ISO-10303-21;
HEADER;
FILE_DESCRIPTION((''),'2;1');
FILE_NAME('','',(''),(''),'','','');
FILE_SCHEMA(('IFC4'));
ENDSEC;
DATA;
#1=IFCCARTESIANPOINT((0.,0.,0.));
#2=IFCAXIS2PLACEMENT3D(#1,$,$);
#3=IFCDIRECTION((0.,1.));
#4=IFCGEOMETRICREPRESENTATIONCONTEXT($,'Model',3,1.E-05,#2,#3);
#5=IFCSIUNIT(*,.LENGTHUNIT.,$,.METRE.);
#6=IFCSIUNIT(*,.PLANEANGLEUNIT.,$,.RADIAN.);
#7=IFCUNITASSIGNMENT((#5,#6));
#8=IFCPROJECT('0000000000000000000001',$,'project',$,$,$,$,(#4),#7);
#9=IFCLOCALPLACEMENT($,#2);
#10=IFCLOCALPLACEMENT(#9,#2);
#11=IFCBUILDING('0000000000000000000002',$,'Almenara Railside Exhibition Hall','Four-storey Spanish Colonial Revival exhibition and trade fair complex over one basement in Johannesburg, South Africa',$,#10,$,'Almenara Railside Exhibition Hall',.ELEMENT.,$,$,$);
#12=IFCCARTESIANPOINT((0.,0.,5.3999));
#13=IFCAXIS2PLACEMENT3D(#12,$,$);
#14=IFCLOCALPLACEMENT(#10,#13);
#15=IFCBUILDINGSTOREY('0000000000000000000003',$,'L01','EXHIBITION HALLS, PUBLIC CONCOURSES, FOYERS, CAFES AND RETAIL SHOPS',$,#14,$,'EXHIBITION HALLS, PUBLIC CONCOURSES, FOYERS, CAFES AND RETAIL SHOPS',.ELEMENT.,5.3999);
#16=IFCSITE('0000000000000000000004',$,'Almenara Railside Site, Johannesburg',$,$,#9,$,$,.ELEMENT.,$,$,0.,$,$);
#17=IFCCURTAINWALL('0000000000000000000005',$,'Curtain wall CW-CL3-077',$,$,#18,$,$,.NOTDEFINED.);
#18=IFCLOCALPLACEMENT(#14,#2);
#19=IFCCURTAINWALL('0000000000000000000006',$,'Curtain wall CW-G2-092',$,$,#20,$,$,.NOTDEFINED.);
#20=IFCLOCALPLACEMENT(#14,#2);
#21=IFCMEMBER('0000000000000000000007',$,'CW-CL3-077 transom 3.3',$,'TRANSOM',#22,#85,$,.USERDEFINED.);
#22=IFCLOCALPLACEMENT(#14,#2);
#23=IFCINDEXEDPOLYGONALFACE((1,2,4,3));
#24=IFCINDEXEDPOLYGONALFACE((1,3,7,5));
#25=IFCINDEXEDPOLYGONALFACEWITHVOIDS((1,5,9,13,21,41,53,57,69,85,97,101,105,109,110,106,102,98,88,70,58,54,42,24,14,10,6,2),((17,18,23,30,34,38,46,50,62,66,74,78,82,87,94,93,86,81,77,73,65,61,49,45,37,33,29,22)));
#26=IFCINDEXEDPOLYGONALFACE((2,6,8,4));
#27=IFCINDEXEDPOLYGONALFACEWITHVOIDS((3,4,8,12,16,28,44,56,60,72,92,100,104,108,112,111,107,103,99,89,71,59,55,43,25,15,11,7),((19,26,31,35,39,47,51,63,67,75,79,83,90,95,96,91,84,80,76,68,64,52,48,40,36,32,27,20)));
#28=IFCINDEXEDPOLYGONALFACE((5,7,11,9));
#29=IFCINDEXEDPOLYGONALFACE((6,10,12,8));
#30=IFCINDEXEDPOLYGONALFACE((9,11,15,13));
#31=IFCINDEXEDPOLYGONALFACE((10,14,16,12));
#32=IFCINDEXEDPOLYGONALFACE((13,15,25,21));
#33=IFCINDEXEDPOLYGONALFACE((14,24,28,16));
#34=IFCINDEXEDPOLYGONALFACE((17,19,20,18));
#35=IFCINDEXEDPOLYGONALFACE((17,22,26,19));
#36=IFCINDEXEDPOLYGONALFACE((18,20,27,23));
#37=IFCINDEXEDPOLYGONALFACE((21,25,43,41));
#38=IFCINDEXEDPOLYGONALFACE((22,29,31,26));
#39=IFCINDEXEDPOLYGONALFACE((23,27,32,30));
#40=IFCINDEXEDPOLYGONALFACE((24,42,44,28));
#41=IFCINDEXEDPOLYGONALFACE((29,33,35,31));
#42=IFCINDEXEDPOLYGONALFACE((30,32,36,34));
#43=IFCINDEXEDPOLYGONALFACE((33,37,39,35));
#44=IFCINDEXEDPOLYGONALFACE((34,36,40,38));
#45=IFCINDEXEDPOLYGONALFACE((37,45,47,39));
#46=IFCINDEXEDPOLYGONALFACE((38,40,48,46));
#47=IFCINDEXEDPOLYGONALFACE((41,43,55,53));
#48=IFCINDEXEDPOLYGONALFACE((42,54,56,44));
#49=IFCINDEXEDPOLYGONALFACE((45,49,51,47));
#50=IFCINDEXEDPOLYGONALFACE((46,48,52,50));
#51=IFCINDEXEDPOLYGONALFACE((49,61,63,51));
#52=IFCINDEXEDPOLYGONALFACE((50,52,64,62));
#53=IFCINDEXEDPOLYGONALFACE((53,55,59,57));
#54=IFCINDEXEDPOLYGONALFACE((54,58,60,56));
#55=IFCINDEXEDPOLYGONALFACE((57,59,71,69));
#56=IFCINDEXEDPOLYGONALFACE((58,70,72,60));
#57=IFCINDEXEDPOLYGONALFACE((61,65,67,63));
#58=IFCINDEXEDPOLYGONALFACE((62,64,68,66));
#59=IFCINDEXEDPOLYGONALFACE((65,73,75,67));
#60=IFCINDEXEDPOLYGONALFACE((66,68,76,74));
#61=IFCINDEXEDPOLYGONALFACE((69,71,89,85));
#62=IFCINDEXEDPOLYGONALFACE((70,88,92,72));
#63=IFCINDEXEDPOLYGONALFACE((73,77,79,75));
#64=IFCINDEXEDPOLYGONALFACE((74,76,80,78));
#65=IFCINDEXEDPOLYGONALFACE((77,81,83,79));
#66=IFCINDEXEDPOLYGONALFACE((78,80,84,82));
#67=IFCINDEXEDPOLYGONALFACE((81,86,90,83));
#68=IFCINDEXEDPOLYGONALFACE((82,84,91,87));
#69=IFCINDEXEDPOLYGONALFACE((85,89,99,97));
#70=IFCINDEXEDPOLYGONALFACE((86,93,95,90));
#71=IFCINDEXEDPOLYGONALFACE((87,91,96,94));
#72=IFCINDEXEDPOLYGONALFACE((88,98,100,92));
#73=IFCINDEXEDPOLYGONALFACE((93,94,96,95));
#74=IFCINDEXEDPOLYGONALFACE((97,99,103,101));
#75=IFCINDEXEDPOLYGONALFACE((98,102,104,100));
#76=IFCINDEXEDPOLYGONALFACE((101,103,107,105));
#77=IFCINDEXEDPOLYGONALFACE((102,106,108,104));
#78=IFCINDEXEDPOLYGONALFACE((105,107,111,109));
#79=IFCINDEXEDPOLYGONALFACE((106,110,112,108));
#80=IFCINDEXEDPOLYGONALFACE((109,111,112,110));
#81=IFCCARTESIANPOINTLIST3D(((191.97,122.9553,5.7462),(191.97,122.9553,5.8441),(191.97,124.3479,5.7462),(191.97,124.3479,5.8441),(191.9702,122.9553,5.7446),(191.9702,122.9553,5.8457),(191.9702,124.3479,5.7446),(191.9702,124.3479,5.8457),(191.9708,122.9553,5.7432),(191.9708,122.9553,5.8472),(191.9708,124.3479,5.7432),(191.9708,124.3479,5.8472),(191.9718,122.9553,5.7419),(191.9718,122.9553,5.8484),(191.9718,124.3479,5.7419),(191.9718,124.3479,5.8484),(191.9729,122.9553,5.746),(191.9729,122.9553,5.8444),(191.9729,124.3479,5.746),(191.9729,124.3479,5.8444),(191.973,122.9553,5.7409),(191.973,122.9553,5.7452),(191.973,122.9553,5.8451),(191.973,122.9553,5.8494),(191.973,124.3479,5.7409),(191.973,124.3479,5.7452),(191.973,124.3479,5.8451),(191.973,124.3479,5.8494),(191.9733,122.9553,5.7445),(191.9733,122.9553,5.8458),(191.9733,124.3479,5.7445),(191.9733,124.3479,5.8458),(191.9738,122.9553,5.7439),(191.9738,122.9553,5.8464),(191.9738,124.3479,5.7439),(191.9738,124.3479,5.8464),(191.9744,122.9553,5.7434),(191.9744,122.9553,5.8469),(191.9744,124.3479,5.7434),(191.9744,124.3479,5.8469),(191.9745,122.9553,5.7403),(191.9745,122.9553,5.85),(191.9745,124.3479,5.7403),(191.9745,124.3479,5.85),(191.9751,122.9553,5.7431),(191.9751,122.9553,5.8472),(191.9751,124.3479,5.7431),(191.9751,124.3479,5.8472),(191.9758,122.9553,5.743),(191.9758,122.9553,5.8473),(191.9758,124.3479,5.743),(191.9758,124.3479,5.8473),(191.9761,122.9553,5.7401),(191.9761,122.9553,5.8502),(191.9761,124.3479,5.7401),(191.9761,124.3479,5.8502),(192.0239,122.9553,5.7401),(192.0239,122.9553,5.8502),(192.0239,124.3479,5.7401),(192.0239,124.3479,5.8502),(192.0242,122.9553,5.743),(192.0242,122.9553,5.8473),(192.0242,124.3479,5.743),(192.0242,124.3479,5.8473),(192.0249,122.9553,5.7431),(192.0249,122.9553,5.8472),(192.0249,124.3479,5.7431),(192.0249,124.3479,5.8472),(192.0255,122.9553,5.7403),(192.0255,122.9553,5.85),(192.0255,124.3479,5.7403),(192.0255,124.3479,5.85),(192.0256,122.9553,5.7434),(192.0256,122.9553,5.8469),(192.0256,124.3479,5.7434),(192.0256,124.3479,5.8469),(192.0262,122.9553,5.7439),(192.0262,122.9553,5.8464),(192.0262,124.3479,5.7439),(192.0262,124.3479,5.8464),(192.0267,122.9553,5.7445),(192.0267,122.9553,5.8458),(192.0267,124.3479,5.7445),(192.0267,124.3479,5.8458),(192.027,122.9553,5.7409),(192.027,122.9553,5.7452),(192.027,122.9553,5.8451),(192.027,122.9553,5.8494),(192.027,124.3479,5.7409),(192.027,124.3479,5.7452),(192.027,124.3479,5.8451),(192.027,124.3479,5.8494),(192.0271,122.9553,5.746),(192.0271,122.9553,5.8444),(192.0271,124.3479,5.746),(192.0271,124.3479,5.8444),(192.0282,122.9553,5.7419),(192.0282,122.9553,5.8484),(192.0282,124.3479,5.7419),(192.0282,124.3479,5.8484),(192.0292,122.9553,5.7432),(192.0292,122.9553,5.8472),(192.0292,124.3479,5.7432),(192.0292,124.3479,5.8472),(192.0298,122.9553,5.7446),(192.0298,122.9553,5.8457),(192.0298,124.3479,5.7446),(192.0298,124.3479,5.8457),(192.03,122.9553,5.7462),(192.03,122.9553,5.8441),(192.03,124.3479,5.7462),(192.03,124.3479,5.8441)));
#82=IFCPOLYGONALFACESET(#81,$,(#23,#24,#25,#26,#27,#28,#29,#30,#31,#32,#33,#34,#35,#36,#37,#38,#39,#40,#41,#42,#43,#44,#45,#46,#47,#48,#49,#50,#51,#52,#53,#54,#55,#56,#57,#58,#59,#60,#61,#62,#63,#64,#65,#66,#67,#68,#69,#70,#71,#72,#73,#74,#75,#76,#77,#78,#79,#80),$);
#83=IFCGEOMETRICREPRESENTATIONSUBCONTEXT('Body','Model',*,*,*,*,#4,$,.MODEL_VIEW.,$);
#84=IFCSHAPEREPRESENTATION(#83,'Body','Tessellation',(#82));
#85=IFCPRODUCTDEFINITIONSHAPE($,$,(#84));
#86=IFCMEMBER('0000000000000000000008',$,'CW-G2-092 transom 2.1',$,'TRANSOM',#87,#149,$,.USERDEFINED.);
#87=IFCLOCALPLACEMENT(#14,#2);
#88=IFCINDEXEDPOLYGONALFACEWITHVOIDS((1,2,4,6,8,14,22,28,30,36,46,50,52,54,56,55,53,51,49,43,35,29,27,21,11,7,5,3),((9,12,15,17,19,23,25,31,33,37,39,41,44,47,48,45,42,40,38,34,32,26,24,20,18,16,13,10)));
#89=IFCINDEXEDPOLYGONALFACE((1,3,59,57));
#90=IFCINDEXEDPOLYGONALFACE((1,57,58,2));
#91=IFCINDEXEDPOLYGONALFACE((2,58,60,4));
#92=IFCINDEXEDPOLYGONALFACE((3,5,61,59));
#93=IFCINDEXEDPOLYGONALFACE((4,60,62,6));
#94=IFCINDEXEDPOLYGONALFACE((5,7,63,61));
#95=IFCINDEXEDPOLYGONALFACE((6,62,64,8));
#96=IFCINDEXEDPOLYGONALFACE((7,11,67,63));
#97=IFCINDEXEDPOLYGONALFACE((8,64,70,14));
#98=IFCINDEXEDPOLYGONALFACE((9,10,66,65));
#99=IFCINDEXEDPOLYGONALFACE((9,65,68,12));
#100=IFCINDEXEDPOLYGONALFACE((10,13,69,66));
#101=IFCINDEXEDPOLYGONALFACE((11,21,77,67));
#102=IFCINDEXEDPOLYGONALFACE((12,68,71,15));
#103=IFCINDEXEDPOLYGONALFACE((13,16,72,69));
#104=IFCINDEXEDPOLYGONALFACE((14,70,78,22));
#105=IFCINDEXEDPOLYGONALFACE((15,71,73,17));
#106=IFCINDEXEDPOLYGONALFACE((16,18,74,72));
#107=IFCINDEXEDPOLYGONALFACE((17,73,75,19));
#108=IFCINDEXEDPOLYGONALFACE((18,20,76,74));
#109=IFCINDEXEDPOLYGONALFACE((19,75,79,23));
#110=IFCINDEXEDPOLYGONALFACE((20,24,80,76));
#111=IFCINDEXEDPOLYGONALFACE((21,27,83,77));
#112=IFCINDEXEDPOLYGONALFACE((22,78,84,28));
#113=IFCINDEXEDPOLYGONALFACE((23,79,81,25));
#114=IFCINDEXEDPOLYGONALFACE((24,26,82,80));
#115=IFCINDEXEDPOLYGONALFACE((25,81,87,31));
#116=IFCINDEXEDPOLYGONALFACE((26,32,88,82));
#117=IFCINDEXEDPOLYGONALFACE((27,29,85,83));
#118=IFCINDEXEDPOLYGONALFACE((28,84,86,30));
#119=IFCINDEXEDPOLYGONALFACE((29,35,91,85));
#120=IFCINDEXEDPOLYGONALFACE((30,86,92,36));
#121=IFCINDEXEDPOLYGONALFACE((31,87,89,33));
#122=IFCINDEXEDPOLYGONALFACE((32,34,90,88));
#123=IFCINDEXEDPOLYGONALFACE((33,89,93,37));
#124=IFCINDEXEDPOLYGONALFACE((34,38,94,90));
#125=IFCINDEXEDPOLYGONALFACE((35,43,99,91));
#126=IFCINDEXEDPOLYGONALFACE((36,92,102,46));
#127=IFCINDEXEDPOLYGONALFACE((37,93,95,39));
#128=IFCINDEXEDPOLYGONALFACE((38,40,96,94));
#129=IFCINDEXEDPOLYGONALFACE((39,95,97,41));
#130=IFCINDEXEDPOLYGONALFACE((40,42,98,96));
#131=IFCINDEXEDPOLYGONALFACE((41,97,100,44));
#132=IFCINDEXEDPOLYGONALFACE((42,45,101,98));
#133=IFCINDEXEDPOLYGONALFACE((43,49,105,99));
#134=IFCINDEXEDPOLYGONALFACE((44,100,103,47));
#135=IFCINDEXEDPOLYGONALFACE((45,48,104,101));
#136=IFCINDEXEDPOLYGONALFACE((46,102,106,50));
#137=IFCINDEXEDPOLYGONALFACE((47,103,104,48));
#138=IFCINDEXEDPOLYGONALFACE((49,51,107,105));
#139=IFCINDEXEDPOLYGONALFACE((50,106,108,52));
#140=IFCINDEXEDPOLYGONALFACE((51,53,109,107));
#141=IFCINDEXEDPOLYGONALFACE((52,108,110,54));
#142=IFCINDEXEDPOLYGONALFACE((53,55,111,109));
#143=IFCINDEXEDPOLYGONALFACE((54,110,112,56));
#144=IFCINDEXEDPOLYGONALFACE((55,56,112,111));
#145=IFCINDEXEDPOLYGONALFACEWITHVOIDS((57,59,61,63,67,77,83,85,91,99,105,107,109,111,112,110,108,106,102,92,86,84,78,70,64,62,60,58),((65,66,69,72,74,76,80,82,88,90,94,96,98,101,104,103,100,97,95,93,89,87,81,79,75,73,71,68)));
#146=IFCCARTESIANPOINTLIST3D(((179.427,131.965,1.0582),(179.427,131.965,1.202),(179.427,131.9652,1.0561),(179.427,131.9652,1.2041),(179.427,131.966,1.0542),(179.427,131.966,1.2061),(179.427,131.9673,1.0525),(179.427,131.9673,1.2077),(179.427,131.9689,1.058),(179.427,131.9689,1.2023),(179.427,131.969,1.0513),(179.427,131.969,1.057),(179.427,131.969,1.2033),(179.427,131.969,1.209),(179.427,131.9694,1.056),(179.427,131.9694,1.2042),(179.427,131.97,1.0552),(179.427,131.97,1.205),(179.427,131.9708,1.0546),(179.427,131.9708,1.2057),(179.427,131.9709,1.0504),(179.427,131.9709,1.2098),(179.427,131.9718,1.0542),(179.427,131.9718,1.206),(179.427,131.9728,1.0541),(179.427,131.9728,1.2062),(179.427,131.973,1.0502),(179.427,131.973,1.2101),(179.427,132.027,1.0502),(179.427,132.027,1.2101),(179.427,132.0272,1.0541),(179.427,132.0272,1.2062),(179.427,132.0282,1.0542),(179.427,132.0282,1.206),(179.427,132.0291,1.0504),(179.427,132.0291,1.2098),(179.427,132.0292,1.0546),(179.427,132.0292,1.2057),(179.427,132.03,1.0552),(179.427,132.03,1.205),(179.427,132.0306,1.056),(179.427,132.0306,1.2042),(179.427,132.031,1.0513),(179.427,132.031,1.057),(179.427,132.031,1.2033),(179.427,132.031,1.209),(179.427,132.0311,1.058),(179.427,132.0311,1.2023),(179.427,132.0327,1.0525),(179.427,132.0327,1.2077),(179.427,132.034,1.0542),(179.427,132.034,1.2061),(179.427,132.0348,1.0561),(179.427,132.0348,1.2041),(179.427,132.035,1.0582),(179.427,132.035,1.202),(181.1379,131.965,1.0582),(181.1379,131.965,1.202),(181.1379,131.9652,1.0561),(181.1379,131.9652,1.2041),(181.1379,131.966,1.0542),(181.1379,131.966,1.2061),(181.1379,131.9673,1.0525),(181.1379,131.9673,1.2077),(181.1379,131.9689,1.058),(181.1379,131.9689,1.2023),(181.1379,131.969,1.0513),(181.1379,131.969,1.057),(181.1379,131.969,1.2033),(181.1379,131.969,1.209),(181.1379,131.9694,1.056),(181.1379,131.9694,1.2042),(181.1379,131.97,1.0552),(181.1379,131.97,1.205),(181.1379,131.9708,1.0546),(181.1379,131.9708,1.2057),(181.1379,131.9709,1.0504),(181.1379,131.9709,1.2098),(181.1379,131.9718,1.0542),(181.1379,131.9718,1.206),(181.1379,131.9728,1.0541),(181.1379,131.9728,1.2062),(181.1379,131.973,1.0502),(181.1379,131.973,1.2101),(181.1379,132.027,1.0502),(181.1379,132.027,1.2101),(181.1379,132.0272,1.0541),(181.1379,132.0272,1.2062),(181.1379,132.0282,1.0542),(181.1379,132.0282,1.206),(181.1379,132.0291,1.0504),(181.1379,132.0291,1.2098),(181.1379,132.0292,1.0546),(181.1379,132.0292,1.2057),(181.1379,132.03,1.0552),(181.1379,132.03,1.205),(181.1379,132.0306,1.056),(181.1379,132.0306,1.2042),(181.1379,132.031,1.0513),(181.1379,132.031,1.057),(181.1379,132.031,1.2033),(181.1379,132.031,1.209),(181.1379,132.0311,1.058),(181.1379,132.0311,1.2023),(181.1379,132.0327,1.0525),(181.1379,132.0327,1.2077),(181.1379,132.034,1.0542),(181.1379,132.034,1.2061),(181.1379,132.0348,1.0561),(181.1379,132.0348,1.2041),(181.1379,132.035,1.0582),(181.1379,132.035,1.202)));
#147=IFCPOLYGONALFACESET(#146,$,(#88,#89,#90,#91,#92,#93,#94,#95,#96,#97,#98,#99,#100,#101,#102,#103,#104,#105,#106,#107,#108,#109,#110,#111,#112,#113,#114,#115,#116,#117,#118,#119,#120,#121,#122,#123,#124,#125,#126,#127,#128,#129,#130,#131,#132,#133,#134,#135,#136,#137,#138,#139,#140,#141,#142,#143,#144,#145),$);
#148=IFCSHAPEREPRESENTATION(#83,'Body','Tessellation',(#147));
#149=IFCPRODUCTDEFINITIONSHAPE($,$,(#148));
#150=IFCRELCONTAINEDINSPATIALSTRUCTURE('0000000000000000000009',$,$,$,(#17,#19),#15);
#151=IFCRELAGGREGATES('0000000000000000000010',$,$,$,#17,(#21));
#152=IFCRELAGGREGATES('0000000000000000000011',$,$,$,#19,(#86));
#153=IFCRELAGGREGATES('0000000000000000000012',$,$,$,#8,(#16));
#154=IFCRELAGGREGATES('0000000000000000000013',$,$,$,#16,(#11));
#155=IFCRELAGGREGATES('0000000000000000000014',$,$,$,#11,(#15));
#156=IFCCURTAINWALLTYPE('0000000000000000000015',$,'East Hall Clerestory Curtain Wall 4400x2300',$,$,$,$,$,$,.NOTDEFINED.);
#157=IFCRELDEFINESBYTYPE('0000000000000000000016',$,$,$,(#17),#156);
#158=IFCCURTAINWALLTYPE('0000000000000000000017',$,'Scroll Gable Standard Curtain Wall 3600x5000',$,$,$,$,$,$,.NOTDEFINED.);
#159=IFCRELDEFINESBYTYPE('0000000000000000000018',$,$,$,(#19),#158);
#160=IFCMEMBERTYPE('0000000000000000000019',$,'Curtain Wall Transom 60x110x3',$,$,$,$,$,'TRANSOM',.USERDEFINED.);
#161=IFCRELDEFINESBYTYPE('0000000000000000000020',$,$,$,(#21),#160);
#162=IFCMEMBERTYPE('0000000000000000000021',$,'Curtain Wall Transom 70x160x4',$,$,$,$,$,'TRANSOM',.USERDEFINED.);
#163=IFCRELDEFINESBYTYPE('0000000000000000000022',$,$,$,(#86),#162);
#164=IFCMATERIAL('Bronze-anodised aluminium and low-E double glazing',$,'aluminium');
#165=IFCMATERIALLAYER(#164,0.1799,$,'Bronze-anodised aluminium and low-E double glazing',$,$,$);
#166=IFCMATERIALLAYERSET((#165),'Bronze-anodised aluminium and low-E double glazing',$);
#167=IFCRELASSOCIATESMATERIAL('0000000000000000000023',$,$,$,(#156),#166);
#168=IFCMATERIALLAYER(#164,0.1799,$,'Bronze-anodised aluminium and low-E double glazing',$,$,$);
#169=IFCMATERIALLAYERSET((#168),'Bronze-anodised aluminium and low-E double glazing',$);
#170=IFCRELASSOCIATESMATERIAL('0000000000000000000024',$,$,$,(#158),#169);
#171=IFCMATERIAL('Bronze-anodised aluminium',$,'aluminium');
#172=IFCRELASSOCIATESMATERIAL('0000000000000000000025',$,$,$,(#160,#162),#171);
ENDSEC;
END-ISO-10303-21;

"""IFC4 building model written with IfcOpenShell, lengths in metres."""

from ifc_helpers import new_model, si_unit, direction, frame, origin, origin_2d, place, context, subcontext, project, spatial, hollow_rectangle, extrude, material, layer, layer_set, material_profile, profile_set, type_object, element, aggregate, save


model = new_model("IFC4")

# Units and contexts
model_context = context("Model", 3, precision=1e-05, world=origin(), true_north=direction((0.0, 1.0)))
body_context = subcontext(model_context, "Body", "Model", "MODEL_VIEW")
ifc_project = project(units=[si_unit("LENGTHUNIT", "METRE"), si_unit("PLANEANGLEUNIT", "RADIAN")], contexts=[model_context])

# Site, building, storey
site_placement = place(None, origin())
site = spatial("IfcSite", under=ifc_project, at=site_placement, Name="Almenara Railside Site, Johannesburg", CompositionType="ELEMENT", RefElevation=0.0)
building_placement = place(site_placement, origin())
building = spatial("IfcBuilding", under=site, at=building_placement, Name="Almenara Railside Exhibition Hall", Description="Four-storey Spanish Colonial Revival exhibition and trade fair complex over one basement in Johannesburg, South Africa", LongName="Almenara Railside Exhibition Hall", CompositionType="ELEMENT")
storey_placement = place(building_placement, frame((0.0, 0.0, 5.3999)))
storey = spatial("IfcBuildingStorey", under=building, at=storey_placement, Name="L01", Description="EXHIBITION HALLS, PUBLIC CONCOURSES, FOYERS, CAFES AND RETAIL SHOPS", LongName="EXHIBITION HALLS, PUBLIC CONCOURSES, FOYERS, CAFES AND RETAIL SHOPS", CompositionType="ELEMENT", Elevation=5.3999)

# Curtain wall
ifc_material_1 = material(Name="Bronze-anodised aluminium and low-E double glazing", Category="aluminium")
ifc_layer_1 = layer(ifc_material_1, 0.1799, Name="Bronze-anodised aluminium and low-E double glazing")
ifc_layer_set_1 = layer_set([ifc_layer_1], Name="Bronze-anodised aluminium and low-E double glazing")
curtain_wall_type_1 = type_object("IfcCurtainWallType", Name="East Hall Clerestory Curtain Wall 4400x2300", PredefinedType="NOTDEFINED", material=ifc_layer_set_1)
curtain_wall_1_placement = place(storey_placement, origin())
curtain_wall_1 = element("IfcCurtainWall", 1, at=curtain_wall_1_placement, inside=storey, type_object=curtain_wall_type_1, Name="Curtain wall CW-CL3-077", PredefinedType="NOTDEFINED")
ifc_material_2 = material(Name="Bronze-anodised aluminium", Category="aluminium")

# Curtain wall
ifc_layer_2 = layer(ifc_material_1, 0.1799, Name="Bronze-anodised aluminium and low-E double glazing")
ifc_layer_set_2 = layer_set([ifc_layer_2], Name="Bronze-anodised aluminium and low-E double glazing")
curtain_wall_type_2 = type_object("IfcCurtainWallType", Name="Scroll Gable Standard Curtain Wall 3600x5000", PredefinedType="NOTDEFINED", material=ifc_layer_set_2)
curtain_wall_2_placement = place(storey_placement, origin())
curtain_wall_2 = element("IfcCurtainWall", 2, at=curtain_wall_2_placement, inside=storey, type_object=curtain_wall_type_2, Name="Curtain wall CW-G2-092", PredefinedType="NOTDEFINED")

# Members
ifc_material_profile_1 = material_profile(ifc_material_2, hollow_rectangle(XDim=0.0601, YDim=0.1101, WallThickness=0.0029, InnerFilletRadius=0.0029, OuterFilletRadius=0.0061, at=origin_2d()), Name="ALU-TRN 60x110x3")
ifc_profile_set_1 = profile_set([ifc_material_profile_1], Name="Bronze-anodised aluminium")
member_type_1 = type_object("IfcMemberType", Name="Curtain Wall Transom 60x110x3", ElementType="TRANSOM", PredefinedType="USERDEFINED", material=ifc_profile_set_1)
member_1_placement = place(storey_placement, frame((192.0, 122.9553, 5.7952), z_axis=(0.0, 1.0, 0.0), x_axis=(-1.0, 0.0, 0.0)))
member_1 = element("IfcMember", 3, at=member_1_placement, type_object=member_type_1, Name="CW-CL3-077 transom 3.3", ObjectType="TRANSOM", PredefinedType="USERDEFINED", context=body_context, shape_type="SweptSolid", body=[
    extrude(hollow_rectangle(XDim=0.0601, YDim=0.1101, WallThickness=0.0029, InnerFilletRadius=0.0029, OuterFilletRadius=0.0061, at=origin_2d()), origin(), (0.0, 0.0, 1.0), 1.3926),
])
ifc_material_profile_2 = material_profile(ifc_material_2, hollow_rectangle(XDim=0.0701, YDim=0.1599, WallThickness=0.0039, InnerFilletRadius=0.0039, OuterFilletRadius=0.0081, at=origin_2d()), Name="ALU-TRN 70x160x4")
ifc_profile_set_2 = profile_set([ifc_material_profile_2], Name="Bronze-anodised aluminium")
member_type_2 = type_object("IfcMemberType", Name="Curtain Wall Transom 70x160x4", ElementType="TRANSOM", PredefinedType="USERDEFINED", material=ifc_profile_set_2)
member_2_placement = place(storey_placement, frame((179.427, 132.0, 1.1301), z_axis=(1.0, 0.0, 0.0), x_axis=(0.0, 1.0, 0.0)))
member_2 = element("IfcMember", 4, at=member_2_placement, type_object=member_type_2, Name="CW-G2-092 transom 2.1", ObjectType="TRANSOM", PredefinedType="USERDEFINED", context=body_context, shape_type="SweptSolid", body=[
    extrude(hollow_rectangle(XDim=0.0701, YDim=0.1599, WallThickness=0.0039, InnerFilletRadius=0.0039, OuterFilletRadius=0.0081, at=origin_2d()), origin(), (0.0, 0.0, 1.0), 1.7109),
])

aggregate(curtain_wall_1, [member_1])
aggregate(curtain_wall_2, [member_2])

save(model, "model.ifc")
